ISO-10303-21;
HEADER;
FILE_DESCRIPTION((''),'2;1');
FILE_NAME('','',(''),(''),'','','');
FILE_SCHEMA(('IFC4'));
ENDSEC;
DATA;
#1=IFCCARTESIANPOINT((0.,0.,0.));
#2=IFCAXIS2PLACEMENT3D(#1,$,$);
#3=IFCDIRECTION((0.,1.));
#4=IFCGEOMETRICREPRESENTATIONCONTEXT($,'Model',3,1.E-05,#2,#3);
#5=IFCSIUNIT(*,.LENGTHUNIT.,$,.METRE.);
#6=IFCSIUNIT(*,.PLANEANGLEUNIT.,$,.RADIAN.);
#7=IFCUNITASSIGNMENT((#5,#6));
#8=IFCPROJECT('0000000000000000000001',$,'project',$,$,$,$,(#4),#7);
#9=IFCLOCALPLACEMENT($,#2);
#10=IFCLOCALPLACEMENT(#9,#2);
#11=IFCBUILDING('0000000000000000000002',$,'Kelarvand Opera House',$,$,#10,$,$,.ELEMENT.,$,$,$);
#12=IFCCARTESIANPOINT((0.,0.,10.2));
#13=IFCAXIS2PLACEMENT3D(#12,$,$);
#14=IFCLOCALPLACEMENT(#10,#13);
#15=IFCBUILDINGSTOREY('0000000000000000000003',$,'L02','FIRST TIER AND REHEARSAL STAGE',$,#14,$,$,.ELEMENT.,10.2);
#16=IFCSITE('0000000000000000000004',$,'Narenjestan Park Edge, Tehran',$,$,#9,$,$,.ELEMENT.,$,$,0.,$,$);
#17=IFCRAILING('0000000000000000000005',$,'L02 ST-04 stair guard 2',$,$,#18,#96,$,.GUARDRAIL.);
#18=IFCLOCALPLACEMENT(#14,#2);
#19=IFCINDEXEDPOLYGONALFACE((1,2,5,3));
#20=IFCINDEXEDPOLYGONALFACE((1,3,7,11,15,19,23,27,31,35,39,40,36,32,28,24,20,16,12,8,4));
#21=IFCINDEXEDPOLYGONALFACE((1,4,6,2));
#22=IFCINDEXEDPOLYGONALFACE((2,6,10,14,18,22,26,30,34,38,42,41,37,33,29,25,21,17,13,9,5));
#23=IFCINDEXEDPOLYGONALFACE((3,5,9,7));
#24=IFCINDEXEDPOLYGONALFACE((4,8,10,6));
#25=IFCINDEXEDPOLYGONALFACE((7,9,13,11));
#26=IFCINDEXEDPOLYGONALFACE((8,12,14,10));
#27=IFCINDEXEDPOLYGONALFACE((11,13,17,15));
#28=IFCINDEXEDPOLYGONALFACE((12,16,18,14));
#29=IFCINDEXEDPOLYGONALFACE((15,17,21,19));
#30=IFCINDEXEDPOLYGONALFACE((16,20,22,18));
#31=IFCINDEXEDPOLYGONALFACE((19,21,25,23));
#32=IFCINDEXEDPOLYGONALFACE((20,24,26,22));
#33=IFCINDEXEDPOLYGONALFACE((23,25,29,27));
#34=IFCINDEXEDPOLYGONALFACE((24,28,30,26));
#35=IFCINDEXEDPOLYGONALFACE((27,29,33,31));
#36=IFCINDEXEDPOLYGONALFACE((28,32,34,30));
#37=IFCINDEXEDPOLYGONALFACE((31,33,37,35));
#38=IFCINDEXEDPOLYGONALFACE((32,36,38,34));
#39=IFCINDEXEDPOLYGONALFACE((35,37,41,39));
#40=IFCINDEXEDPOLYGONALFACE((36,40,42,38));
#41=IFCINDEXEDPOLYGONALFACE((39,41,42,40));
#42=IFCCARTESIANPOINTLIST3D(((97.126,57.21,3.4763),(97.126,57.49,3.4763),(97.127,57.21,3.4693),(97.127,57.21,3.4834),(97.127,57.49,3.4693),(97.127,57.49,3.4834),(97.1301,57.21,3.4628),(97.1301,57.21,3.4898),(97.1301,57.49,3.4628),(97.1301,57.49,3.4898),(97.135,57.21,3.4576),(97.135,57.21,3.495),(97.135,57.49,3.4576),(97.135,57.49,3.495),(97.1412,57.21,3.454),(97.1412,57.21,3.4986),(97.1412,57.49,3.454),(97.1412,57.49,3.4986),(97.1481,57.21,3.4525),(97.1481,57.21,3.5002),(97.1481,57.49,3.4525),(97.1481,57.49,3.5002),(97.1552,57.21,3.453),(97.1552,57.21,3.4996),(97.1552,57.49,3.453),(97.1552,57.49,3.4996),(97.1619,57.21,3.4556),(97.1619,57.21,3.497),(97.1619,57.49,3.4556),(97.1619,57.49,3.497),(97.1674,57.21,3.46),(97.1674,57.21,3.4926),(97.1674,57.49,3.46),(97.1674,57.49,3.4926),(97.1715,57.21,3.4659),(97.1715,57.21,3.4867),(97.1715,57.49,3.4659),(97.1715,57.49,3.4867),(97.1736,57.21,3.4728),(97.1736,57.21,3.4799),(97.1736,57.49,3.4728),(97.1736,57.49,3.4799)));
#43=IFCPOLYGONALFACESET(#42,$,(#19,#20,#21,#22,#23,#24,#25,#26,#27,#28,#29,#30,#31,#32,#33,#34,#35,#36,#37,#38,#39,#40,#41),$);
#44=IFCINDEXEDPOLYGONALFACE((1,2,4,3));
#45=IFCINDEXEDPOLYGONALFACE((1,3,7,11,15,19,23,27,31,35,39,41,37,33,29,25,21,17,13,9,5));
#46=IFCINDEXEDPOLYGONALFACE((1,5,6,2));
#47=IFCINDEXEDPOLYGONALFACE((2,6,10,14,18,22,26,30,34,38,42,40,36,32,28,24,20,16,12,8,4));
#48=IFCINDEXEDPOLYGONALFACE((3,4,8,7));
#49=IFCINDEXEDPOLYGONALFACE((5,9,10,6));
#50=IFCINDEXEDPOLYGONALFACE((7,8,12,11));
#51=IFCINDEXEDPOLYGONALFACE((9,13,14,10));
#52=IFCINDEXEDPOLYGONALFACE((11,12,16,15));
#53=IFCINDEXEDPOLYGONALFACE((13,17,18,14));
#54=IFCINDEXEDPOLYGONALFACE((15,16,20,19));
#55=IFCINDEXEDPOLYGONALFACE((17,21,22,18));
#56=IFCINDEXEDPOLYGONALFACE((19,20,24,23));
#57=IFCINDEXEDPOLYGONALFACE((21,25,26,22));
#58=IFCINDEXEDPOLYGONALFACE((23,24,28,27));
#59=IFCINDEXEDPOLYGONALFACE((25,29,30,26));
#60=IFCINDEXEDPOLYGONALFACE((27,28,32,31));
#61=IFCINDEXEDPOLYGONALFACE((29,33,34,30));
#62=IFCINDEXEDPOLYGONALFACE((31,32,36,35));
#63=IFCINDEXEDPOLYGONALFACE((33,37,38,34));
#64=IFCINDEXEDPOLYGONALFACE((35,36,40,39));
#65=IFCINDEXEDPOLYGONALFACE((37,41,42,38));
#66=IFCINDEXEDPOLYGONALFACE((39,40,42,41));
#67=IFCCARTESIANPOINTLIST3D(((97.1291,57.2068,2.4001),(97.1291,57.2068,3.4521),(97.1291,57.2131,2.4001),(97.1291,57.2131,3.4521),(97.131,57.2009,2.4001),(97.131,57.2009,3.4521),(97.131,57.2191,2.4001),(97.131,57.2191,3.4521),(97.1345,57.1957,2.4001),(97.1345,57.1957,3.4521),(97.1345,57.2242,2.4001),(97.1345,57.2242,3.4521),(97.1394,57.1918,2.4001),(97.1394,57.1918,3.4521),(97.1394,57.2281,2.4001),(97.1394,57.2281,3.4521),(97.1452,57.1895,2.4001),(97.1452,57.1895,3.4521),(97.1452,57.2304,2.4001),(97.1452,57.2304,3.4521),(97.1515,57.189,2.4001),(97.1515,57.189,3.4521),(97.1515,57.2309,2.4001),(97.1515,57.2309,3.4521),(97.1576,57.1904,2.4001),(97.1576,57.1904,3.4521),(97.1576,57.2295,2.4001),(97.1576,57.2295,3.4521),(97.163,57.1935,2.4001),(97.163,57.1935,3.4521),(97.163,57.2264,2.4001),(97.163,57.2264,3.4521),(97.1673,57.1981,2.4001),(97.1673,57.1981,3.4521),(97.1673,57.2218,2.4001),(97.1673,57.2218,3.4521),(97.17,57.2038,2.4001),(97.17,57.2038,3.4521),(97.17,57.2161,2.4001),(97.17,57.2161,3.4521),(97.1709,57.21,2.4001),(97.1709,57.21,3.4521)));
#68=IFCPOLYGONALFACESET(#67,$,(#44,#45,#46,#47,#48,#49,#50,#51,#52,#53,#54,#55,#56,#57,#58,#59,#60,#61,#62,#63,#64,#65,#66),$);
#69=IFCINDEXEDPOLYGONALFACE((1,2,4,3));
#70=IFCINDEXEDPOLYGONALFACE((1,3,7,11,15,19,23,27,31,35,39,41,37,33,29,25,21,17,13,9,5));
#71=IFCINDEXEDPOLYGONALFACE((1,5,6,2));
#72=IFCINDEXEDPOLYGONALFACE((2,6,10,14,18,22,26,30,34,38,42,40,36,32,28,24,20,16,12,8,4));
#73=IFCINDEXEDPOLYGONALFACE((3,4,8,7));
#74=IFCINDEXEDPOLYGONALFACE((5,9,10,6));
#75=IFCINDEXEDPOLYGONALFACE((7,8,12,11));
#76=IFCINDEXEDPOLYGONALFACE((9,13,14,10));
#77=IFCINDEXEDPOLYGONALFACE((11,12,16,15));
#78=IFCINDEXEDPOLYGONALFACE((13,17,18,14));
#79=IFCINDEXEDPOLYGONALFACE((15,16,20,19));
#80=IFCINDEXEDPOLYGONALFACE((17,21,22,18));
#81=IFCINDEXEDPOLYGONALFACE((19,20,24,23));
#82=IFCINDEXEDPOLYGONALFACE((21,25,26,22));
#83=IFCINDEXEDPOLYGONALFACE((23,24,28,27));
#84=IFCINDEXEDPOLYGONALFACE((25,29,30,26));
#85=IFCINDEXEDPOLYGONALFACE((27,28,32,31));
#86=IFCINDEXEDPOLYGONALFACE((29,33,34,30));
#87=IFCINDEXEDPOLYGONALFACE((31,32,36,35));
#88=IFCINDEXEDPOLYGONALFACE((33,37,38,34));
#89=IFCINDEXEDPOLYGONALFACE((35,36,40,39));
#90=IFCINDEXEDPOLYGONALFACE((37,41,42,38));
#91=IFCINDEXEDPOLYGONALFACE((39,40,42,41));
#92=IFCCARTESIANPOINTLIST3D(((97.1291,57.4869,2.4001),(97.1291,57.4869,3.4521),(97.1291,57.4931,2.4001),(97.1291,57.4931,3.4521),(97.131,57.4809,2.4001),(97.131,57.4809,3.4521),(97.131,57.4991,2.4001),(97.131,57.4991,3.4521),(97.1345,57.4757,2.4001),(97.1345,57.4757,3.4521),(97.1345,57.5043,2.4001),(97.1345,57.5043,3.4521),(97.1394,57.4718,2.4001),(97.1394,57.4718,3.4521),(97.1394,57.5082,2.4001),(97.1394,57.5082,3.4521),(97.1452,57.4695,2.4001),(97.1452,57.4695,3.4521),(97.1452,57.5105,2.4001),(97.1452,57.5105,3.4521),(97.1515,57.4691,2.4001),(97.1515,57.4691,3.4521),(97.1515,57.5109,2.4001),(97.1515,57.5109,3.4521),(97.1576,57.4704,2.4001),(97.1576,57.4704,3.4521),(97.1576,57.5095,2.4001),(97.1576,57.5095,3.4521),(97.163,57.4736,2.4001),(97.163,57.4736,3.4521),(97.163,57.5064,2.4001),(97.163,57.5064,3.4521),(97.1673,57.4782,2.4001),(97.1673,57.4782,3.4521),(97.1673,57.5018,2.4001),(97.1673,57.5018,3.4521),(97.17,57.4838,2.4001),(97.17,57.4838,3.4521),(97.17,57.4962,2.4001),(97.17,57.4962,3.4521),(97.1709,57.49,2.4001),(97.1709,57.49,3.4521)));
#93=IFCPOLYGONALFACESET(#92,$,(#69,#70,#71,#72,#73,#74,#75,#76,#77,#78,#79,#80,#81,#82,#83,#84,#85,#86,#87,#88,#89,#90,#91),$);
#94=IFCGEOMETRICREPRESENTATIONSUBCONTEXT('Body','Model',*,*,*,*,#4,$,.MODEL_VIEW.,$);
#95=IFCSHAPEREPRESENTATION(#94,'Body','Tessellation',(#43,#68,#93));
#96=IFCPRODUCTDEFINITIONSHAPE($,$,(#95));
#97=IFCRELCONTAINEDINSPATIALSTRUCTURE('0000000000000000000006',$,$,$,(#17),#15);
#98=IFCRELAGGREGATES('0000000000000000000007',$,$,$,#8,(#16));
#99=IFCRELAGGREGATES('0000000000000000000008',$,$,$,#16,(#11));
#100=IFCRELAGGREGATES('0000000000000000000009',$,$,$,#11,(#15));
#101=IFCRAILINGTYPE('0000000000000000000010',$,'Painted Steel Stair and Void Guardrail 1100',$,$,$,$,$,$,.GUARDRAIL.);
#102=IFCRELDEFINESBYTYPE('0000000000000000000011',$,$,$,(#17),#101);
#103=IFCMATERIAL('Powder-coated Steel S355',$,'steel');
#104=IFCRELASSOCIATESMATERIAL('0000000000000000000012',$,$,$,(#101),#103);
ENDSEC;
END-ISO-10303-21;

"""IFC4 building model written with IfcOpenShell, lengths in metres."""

from ifc_helpers import new_model, si_unit, direction, frame, origin, origin_2d, place, context, subcontext, project, spatial, circle, extrude, material, type_object, element, save


model = new_model("IFC4")

# Units and contexts
model_context = context("Model", 3, precision=1e-05, world=origin(), true_north=direction((0.0, 1.0)))
body_context = subcontext(model_context, "Body", "Model", "MODEL_VIEW")
ifc_project = project(units=[si_unit("LENGTHUNIT", "METRE"), si_unit("PLANEANGLEUNIT", "RADIAN")], contexts=[model_context])

# Site, building, storey
site_placement = place(None, origin())
site = spatial("IfcSite", under=ifc_project, at=site_placement, Name="Narenjestan Park Edge, Tehran", CompositionType="ELEMENT", RefElevation=0.0)
building_placement = place(site_placement, origin())
building = spatial("IfcBuilding", under=site, at=building_placement, Name="Kelarvand Opera House", CompositionType="ELEMENT")
storey_placement = place(building_placement, frame((0.0, 0.0, 10.2)))
storey = spatial("IfcBuildingStorey", under=building, at=storey_placement, Name="L02", Description="FIRST TIER AND REHEARSAL STAGE", CompositionType="ELEMENT", Elevation=10.2)

# Railing
ifc_material_1 = material(Name="Powder-coated Steel S355", Category="steel")
railing_type_1 = type_object("IfcRailingType", Name="Painted Steel Stair and Void Guardrail 1100", PredefinedType="GUARDRAIL", material=ifc_material_1)
railing_1_placement = place(storey_placement, frame((97.1499, 57.21, 2.4001)))
element("IfcRailing", 1, at=railing_1_placement, inside=storey, type_object=railing_type_1, Name="L02 ST-04 stair guard 2", PredefinedType="GUARDRAIL", context=body_context, shape_type="SweptSolid", body=[
    extrude(circle(Radius=0.0239, at=origin_2d()), frame((0.0, 0.0, 1.0762), z_axis=(0.0, 1.0, 0.0), x_axis=(-1.0, 0.0, 0.0)), (0.0, 0.0, 1.0), 0.28),
    extrude(circle(Radius=0.021, at=origin_2d()), origin(), (0.0, 0.0, 1.0), 1.052),
    extrude(circle(Radius=0.021, at=origin_2d()), frame((0.0, 0.28, 0.0)), (0.0, 0.0, 1.0), 1.052),
])

save(model, "model.ifc")
